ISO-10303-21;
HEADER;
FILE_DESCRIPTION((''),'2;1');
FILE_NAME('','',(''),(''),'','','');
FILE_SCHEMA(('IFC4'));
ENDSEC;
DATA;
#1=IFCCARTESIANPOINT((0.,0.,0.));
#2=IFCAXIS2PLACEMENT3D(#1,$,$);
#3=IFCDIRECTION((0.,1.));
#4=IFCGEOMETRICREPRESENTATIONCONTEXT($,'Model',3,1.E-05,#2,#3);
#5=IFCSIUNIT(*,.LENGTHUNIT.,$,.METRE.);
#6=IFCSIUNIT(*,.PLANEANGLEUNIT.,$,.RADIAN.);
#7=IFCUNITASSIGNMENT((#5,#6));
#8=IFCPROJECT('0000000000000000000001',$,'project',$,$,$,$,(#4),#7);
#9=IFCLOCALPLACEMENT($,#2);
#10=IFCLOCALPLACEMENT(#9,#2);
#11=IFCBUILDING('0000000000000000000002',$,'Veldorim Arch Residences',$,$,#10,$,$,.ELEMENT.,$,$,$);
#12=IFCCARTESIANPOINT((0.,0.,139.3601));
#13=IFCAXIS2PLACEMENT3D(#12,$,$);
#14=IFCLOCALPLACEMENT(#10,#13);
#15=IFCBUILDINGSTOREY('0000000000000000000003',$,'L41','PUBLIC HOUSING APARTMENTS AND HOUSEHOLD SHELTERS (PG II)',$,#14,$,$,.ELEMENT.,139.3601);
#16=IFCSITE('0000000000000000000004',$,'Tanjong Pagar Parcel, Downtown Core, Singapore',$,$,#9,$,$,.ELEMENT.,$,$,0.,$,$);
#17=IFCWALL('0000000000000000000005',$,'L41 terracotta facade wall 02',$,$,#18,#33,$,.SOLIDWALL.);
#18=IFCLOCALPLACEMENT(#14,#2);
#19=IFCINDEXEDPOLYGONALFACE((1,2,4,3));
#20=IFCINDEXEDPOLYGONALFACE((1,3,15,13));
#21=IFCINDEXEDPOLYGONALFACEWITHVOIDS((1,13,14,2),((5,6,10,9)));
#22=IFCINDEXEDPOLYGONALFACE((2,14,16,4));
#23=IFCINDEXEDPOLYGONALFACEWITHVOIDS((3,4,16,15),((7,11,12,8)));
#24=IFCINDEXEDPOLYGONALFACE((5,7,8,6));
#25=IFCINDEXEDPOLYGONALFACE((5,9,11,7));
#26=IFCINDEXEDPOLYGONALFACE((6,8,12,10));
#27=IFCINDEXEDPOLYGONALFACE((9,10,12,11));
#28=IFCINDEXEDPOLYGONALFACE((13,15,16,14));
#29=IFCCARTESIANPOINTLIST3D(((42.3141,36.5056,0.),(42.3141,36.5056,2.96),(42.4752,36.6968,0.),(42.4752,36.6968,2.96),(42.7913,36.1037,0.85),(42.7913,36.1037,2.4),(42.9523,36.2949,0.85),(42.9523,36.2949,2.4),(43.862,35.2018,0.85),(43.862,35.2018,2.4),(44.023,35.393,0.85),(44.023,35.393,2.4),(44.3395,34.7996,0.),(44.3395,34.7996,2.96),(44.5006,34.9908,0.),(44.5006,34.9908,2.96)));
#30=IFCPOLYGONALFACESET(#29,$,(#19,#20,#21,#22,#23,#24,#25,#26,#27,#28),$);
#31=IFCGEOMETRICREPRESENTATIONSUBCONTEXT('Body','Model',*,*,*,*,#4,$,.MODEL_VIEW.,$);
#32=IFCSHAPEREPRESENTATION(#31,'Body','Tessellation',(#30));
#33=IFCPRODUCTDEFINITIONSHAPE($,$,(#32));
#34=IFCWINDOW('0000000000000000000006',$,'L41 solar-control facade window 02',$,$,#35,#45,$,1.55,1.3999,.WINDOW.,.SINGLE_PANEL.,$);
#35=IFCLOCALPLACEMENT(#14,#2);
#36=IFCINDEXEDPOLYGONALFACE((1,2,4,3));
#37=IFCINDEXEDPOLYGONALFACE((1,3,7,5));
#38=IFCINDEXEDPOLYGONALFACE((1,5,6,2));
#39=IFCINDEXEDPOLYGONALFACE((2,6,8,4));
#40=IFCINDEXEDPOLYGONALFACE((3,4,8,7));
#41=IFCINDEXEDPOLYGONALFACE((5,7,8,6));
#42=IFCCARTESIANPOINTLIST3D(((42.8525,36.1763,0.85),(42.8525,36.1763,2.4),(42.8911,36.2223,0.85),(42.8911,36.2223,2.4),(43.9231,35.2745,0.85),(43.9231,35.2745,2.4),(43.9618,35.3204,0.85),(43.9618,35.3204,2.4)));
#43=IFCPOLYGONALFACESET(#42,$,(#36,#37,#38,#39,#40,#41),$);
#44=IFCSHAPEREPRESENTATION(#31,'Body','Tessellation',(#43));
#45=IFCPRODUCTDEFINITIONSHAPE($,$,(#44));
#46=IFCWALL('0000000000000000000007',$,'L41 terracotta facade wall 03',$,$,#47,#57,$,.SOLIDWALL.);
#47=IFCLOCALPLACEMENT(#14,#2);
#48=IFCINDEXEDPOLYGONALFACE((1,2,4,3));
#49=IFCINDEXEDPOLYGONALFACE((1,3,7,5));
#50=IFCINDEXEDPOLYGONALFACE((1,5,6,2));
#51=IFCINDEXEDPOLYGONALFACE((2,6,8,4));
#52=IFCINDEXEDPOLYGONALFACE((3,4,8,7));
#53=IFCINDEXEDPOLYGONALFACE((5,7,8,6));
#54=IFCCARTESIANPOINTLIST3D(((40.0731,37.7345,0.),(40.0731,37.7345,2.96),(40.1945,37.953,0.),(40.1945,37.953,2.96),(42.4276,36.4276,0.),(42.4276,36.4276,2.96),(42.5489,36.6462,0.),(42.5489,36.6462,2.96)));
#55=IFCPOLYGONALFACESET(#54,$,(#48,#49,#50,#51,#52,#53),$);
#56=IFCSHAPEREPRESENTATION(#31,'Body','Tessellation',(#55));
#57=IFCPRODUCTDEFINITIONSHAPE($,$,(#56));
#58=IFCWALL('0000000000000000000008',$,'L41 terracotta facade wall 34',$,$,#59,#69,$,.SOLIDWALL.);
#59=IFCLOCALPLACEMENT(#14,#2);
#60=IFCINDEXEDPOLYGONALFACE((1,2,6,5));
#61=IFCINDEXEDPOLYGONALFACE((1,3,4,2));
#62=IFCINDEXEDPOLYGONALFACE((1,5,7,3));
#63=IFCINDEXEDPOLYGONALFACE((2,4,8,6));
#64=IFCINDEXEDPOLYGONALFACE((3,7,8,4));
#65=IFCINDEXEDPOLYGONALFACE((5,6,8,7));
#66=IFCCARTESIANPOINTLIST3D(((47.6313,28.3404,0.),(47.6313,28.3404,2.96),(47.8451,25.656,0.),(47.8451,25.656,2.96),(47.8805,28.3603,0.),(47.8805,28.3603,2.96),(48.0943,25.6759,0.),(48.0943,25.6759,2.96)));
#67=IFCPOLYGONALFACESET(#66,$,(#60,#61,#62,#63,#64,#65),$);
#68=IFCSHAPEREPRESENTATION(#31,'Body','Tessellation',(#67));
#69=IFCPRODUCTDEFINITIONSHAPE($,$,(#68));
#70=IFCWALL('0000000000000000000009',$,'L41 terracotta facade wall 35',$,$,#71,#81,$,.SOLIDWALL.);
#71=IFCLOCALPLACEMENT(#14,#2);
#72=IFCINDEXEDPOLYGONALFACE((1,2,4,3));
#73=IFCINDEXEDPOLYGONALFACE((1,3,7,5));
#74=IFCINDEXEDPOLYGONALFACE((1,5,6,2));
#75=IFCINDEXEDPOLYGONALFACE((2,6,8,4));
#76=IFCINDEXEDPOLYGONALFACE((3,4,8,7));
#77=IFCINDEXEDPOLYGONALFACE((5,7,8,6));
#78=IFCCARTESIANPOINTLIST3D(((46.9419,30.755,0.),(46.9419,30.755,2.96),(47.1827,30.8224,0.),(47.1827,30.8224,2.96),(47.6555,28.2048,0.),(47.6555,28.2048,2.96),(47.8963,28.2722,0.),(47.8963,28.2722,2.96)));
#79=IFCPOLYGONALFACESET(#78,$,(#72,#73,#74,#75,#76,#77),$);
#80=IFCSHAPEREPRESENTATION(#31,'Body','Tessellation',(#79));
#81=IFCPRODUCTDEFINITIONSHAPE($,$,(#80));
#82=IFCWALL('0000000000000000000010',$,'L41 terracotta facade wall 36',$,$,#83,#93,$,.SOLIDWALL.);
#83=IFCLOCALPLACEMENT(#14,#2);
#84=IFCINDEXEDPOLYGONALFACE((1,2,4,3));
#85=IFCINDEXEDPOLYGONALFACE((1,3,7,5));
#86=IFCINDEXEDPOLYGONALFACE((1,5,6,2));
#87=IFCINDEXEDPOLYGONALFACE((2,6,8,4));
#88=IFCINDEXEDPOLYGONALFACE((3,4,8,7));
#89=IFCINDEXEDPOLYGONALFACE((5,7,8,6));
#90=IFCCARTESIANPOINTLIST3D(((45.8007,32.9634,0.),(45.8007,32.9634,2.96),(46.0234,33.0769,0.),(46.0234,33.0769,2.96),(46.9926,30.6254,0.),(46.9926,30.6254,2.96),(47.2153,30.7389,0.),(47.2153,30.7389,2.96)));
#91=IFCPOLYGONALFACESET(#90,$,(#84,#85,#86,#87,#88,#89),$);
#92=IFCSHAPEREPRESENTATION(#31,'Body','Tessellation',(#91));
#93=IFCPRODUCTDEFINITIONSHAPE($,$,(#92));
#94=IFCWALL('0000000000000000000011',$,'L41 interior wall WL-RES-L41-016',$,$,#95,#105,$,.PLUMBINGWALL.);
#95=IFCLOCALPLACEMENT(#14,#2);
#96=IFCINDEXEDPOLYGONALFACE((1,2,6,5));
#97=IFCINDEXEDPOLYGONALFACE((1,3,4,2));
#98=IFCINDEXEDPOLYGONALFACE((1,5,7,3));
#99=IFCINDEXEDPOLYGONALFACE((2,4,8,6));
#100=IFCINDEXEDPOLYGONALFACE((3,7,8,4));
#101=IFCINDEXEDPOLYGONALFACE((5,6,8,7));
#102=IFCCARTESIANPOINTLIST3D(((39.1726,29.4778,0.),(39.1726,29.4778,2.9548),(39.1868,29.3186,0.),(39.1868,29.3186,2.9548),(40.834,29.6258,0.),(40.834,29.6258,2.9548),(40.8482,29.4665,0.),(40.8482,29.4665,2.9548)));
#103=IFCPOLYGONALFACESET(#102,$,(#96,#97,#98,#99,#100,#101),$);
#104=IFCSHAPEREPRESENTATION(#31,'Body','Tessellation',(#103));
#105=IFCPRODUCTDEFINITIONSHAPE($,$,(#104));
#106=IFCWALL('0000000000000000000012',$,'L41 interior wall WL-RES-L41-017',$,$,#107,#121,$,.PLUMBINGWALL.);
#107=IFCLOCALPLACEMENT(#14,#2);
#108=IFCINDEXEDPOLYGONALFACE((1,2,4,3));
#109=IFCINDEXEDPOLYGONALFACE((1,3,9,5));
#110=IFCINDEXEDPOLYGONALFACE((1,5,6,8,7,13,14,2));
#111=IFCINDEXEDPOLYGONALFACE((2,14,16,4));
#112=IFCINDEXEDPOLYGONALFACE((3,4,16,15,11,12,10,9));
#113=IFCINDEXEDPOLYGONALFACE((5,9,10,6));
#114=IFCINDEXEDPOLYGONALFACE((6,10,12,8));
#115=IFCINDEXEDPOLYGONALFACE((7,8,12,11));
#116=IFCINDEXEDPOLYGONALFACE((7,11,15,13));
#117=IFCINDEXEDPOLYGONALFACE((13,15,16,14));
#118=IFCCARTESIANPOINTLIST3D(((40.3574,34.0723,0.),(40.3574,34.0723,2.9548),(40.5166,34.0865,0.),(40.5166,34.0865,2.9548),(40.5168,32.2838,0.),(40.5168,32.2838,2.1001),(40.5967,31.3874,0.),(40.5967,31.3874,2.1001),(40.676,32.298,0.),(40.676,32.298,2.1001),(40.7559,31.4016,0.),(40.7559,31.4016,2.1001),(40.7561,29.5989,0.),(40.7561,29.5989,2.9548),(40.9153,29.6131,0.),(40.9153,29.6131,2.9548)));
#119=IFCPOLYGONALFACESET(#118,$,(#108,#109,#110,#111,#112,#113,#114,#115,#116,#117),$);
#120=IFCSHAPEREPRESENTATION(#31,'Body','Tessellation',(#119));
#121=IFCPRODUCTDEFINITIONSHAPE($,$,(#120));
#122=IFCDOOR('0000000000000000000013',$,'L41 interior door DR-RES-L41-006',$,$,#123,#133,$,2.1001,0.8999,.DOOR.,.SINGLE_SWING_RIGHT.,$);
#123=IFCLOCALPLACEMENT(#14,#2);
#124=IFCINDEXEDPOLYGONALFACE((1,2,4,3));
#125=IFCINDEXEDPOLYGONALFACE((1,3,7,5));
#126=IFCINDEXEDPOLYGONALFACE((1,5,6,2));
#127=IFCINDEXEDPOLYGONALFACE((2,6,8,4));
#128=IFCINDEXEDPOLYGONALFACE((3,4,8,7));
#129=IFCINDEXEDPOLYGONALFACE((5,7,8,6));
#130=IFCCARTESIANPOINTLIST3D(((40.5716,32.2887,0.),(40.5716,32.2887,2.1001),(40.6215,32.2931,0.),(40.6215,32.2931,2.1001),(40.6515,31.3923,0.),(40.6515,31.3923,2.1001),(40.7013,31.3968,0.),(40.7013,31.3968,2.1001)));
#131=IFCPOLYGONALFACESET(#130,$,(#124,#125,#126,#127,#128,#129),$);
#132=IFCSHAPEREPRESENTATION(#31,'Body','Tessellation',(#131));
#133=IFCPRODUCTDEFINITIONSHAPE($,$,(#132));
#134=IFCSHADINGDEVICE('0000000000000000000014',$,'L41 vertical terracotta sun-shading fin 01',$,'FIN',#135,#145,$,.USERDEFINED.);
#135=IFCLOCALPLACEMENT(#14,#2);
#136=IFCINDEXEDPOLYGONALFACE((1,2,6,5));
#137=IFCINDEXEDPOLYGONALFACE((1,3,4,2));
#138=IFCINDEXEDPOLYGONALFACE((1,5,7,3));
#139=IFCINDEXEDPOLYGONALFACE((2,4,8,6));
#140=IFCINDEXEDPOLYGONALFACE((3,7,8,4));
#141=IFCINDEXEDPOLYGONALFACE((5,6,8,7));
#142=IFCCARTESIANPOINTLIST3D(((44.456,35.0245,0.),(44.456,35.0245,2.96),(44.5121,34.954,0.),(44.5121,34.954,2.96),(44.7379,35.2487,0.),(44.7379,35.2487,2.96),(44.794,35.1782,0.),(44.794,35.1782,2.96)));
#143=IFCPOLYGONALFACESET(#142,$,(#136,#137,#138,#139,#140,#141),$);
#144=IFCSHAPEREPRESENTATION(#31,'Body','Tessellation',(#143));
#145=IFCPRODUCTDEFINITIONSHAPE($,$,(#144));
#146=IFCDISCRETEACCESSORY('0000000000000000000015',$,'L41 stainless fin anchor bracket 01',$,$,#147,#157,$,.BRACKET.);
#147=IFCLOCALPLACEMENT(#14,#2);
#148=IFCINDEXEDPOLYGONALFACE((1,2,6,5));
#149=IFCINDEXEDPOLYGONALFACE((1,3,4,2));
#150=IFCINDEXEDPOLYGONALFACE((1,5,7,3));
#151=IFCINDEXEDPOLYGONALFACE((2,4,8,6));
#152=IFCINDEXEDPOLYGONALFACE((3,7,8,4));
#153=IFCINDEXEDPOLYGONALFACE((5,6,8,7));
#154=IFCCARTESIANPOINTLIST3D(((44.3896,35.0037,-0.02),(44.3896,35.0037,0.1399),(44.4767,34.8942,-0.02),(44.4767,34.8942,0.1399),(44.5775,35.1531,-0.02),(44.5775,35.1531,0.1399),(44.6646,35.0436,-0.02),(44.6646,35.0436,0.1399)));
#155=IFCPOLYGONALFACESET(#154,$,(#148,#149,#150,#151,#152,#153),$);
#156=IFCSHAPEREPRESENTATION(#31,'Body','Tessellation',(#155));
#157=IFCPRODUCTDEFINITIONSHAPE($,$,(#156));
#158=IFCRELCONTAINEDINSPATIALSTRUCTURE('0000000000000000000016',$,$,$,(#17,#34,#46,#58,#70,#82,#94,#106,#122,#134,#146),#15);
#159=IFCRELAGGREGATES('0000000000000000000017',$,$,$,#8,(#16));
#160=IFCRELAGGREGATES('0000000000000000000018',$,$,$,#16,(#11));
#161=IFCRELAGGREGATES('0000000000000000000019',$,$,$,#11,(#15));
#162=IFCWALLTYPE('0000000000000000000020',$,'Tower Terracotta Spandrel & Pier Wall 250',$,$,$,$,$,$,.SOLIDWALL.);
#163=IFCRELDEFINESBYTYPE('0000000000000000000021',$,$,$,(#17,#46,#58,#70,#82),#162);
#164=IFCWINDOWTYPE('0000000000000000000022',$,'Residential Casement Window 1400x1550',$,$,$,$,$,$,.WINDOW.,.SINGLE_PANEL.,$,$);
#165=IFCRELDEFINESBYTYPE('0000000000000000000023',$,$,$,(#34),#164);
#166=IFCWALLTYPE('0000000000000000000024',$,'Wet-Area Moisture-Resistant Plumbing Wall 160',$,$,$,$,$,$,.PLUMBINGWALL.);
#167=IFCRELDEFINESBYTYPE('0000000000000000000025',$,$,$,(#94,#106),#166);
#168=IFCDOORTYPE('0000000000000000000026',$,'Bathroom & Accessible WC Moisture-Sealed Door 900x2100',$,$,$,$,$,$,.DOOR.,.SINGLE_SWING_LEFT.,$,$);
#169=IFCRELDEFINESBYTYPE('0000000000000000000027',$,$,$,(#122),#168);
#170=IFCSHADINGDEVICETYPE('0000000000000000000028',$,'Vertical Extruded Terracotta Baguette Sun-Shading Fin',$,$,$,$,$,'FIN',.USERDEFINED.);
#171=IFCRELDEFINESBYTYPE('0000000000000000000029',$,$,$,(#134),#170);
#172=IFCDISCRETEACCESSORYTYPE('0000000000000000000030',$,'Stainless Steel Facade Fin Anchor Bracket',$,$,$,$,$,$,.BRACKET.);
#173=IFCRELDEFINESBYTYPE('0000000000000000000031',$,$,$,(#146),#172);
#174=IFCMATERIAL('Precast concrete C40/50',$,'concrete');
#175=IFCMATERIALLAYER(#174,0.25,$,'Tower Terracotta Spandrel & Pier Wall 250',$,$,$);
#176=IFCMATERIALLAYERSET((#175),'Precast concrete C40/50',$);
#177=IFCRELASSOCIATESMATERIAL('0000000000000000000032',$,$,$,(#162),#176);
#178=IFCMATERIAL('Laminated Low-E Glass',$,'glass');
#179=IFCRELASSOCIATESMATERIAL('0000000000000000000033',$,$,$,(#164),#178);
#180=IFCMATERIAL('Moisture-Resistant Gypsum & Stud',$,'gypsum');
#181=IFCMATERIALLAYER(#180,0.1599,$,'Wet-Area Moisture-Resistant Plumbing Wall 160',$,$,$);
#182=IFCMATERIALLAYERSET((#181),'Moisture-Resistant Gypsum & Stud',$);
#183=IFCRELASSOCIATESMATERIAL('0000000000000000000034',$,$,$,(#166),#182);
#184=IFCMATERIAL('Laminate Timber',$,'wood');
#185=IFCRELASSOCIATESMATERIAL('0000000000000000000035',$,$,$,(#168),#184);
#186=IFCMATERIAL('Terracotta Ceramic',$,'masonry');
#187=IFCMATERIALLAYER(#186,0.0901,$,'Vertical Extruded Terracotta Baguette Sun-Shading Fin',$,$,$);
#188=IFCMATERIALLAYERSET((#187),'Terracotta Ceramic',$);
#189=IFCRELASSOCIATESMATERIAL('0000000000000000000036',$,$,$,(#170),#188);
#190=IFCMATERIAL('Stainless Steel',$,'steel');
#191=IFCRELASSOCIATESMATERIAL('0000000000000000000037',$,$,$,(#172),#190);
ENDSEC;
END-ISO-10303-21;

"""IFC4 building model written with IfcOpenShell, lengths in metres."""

from ifc_helpers import new_model, si_unit, direction, frame, frame_2d, origin, origin_2d, place, context, subcontext, project, spatial, rectangle, extrude, material, layer, layer_set, type_object, element, fill, save


model = new_model("IFC4")

# Units and contexts
model_context = context("Model", 3, precision=1e-05, world=origin(), true_north=direction((0.0, 1.0)))
body_context = subcontext(model_context, "Body", "Model", "MODEL_VIEW")
ifc_project = project(units=[si_unit("LENGTHUNIT", "METRE"), si_unit("PLANEANGLEUNIT", "RADIAN")], contexts=[model_context])

# Site, building, storey
site_placement = place(None, origin())
site = spatial("IfcSite", under=ifc_project, at=site_placement, Name="Tanjong Pagar Parcel, Downtown Core, Singapore", CompositionType="ELEMENT", RefElevation=0.0)
building_placement = place(site_placement, origin())
building = spatial("IfcBuilding", under=site, at=building_placement, Name="Veldorim Arch Residences", CompositionType="ELEMENT")
storey_placement = place(building_placement, frame((0.0, 0.0, 139.3601)))
storey = spatial("IfcBuildingStorey", under=building, at=storey_placement, Name="L41", Description="PUBLIC HOUSING APARTMENTS AND HOUSEHOLD SHELTERS (PG II)", CompositionType="ELEMENT", Elevation=139.3601)

# Wall, opening, window
ifc_material_1 = material(Name="Precast concrete C40/50", Category="concrete")
ifc_layer_1 = layer(ifc_material_1, 0.25, Name="Tower Terracotta Spandrel & Pier Wall 250")
ifc_layer_set_1 = layer_set([ifc_layer_1], Name="Precast concrete C40/50")
wall_type_1 = type_object("IfcWallType", Name="Tower Terracotta Spandrel & Pier Wall 250", PredefinedType="SOLIDWALL", material=ifc_layer_set_1)
wall_1_placement = place(storey_placement, frame((42.3945, 36.6013, 0.0), z_axis=(0.0, 0.0, 1.0), x_axis=(0.764825, -0.644238, 0.0)))
wall_1 = element("IfcWall", 1, at=wall_1_placement, inside=storey, type_object=wall_type_1, Name="L41 terracotta facade wall 02", PredefinedType="SOLIDWALL", context=body_context, shape_type="SweptSolid", body=[
    extrude(rectangle(XDim=2.6482, YDim=0.25, at=frame_2d((1.3242, 0.0))), origin(), (0.0, 0.0, 1.0), 2.96),
])
opening_1_placement = place(wall_1_placement, frame((0.624, 0.0, 0.8501)))
opening_1 = element("IfcOpeningElement", 2, at=opening_1_placement, cuts=wall_1, PredefinedType="OPENING", context=body_context, shape_type="SweptSolid", body=[
    extrude(rectangle(XDim=1.3999, YDim=1.55, at=frame_2d((0.7, 0.7749))), frame((0.0, 0.135, 0.0), z_axis=(0.0, -1.0, 0.0), x_axis=(1.0, 0.0, 0.0)), (0.0, 0.0, 1.0), 0.27),
])
ifc_material_2 = material(Name="Laminated Low-E Glass", Category="glass")
window_type = type_object("IfcWindowType", Name="Residential Casement Window 1400x1550", PartitioningType="SINGLE_PANEL", PredefinedType="WINDOW", material=ifc_material_2)
window_placement = place(opening_1_placement, origin())
window = element("IfcWindow", 3, at=window_placement, inside=storey, type_object=window_type, Name="L41 solar-control facade window 02", OverallHeight=1.55, OverallWidth=1.3999, PartitioningType="SINGLE_PANEL", PredefinedType="WINDOW", context=body_context, shape_type="SweptSolid", body=[
    extrude(rectangle(XDim=1.3999, YDim=1.55, at=frame_2d((0.7, 0.7749))), frame((0.0, 0.03, 0.0), z_axis=(0.0, -1.0, 0.0), x_axis=(1.0, 0.0, 0.0)), (0.0, 0.0, 1.0), 0.0601),
])
fill(opening_1, window)

# Walls
for number, where, z_axis, x_axis, name in (
    (4, (40.1338, 37.8438, 0.0), (0.0, 0.0, 1.0), (0.874341, -0.485312, 0.0), "L41 terracotta facade wall 03"),
    (5, (47.7559, 28.3503, 0.0), (0.0, 0.0, 1.0), (0.079421, -0.996841, 0.0), "L41 terracotta facade wall 34"),
):
    element("IfcWall", number, at=place(storey_placement, frame(where, z_axis=z_axis, x_axis=x_axis)), inside=storey, type_object=wall_type_1, Name=name, PredefinedType="SOLIDWALL", context=body_context, shape_type="SweptSolid", body=[
        extrude(rectangle(XDim=2.6929, YDim=0.25, at=frame_2d((1.3464, 0.0))), origin(), (0.0, 0.0, 1.0), 2.96),
    ])
wall_2_placement = place(storey_placement, frame((47.0623, 30.7888, 0.0), z_axis=(0.0, 0.0, 1.0), x_axis=(0.269469, -0.963009, 0.0)))
element("IfcWall", 6, at=wall_2_placement, inside=storey, type_object=wall_type_1, Name="L41 terracotta facade wall 35", PredefinedType="SOLIDWALL", context=body_context, shape_type="SweptSolid", body=[
    extrude(rectangle(XDim=2.6482, YDim=0.25, at=frame_2d((1.3242, 0.0))), origin(), (0.0, 0.0, 1.0), 2.96),
])
wall_3_placement = place(storey_placement, frame((45.9121, 33.02, 0.0), z_axis=(0.0, 0.0, 1.0), x_axis=(0.454196, -0.890902, 0.0)))
element("IfcWall", 7, at=wall_3_placement, inside=storey, type_object=wall_type_1, Name="L41 terracotta facade wall 36", PredefinedType="SOLIDWALL", context=body_context, shape_type="SweptSolid", body=[
    extrude(rectangle(XDim=2.6243, YDim=0.25, at=frame_2d((1.312, 0.0))), origin(), (0.0, 0.0, 1.0), 2.96),
])
ifc_material_3 = material(Name="Moisture-Resistant Gypsum & Stud", Category="gypsum")
ifc_layer_2 = layer(ifc_material_3, 0.1599, Name="Wet-Area Moisture-Resistant Plumbing Wall 160")
ifc_layer_set_2 = layer_set([ifc_layer_2], Name="Moisture-Resistant Gypsum & Stud")
wall_type_2 = type_object("IfcWallType", Name="Wet-Area Moisture-Resistant Plumbing Wall 160", PredefinedType="PLUMBINGWALL", material=ifc_layer_set_2)
wall_4_placement = place(storey_placement, frame((39.1797, 29.3982, 0.0), z_axis=(0.0, 0.0, 1.0), x_axis=(0.996058, 0.088701, 0.0)))
element("IfcWall", 8, at=wall_4_placement, inside=storey, type_object=wall_type_2, Name="L41 interior wall WL-RES-L41-016", PredefinedType="PLUMBINGWALL", context=body_context, shape_type="SweptSolid", body=[
    extrude(rectangle(XDim=1.668, YDim=0.1599, at=frame_2d((0.834, 0.0))), origin(), (0.0, 0.0, 1.0), 2.9548),
])

# Wall, opening, door
wall_5_placement = place(storey_placement, frame((40.8357, 29.606, 0.0), z_axis=(0.0, 0.0, 1.0), x_axis=(-0.088771, 0.996052, 0.0)))
wall_5 = element("IfcWall", 9, at=wall_5_placement, inside=storey, type_object=wall_type_2, Name="L41 interior wall WL-RES-L41-017", PredefinedType="PLUMBINGWALL", context=body_context, shape_type="SweptSolid", body=[
    extrude(rectangle(XDim=4.4912, YDim=0.1599, at=frame_2d((2.2456, 0.0))), origin(), (0.0, 0.0, 1.0), 2.9548),
])
opening_2_placement = place(wall_5_placement, frame((1.7957, 0.0, 0.0)))
opening_2 = element("IfcOpeningElement", 10, at=opening_2_placement, cuts=wall_5, PredefinedType="OPENING", context=body_context, shape_type="SweptSolid", body=[
    extrude(rectangle(XDim=0.8999, YDim=2.1001, at=frame_2d((0.45, 1.05))), frame((0.0, 0.0898, 0.0), z_axis=(0.0, -1.0, 0.0), x_axis=(1.0, 0.0, 0.0)), (0.0, 0.0, 1.0), 0.1799),
])
ifc_material_4 = material(Name="Laminate Timber", Category="wood")
door_type = type_object("IfcDoorType", Name="Bathroom & Accessible WC Moisture-Sealed Door 900x2100", OperationType="SINGLE_SWING_LEFT", PredefinedType="DOOR", material=ifc_material_4)
door_placement = place(opening_2_placement, origin())
door = element("IfcDoor", 11, at=door_placement, inside=storey, type_object=door_type, Name="L41 interior door DR-RES-L41-006", OperationType="SINGLE_SWING_RIGHT", OverallHeight=2.1001, OverallWidth=0.8999, PredefinedType="DOOR", context=body_context, shape_type="SweptSolid", body=[
    extrude(rectangle(XDim=0.8999, YDim=2.1001, at=frame_2d((0.45, 1.05))), frame((0.0, 0.0249, 0.0), z_axis=(0.0, -1.0, 0.0), x_axis=(1.0, 0.0, 0.0)), (0.0, 0.0, 1.0), 0.05),
])
fill(opening_2, door)

# Shading device
ifc_material_5 = material(Name="Terracotta Ceramic", Category="masonry")
ifc_layer_3 = layer(ifc_material_5, 0.0901, Name="Vertical Extruded Terracotta Baguette Sun-Shading Fin")
ifc_layer_set_3 = layer_set([ifc_layer_3], Name="Terracotta Ceramic")
shading_device_type = type_object("IfcShadingDeviceType", Name="Vertical Extruded Terracotta Baguette Sun-Shading Fin", ElementType="FIN", PredefinedType="USERDEFINED", material=ifc_layer_set_3)
shading_device_placement = place(storey_placement, frame((44.625, 35.1013, 0.0), z_axis=(0.0, 0.0, 1.0), x_axis=(0.622515, -0.782608, 0.0)))
element("IfcShadingDevice", 12, at=shading_device_placement, inside=storey, type_object=shading_device_type, Name="L41 vertical terracotta sun-shading fin 01", ObjectType="FIN", PredefinedType="USERDEFINED", context=body_context, shape_type="SweptSolid", body=[
    extrude(rectangle(XDim=0.0901, YDim=0.3601, at=origin_2d()), origin(), (0.0, 0.0, 1.0), 2.96),
])

# Discrete accessory
ifc_material_6 = material(Name="Stainless Steel", Category="steel")
discrete_accessory_type = type_object("IfcDiscreteAccessoryType", Name="Stainless Steel Facade Fin Anchor Bracket", PredefinedType="BRACKET", material=ifc_material_6)
discrete_accessory_placement = place(storey_placement, frame((44.5271, 35.0237, -0.02), z_axis=(0.0, 0.0, 1.0), x_axis=(0.622515, -0.782608, 0.0)))
element("IfcDiscreteAccessory", 13, at=discrete_accessory_placement, inside=storey, type_object=discrete_accessory_type, Name="L41 stainless fin anchor bracket 01", PredefinedType="BRACKET", context=body_context, shape_type="SweptSolid", body=[
    extrude(rectangle(XDim=0.1399, YDim=0.24, at=origin_2d()), origin(), (0.0, 0.0, 1.0), 0.1599),
])

save(model, "model.ifc")
